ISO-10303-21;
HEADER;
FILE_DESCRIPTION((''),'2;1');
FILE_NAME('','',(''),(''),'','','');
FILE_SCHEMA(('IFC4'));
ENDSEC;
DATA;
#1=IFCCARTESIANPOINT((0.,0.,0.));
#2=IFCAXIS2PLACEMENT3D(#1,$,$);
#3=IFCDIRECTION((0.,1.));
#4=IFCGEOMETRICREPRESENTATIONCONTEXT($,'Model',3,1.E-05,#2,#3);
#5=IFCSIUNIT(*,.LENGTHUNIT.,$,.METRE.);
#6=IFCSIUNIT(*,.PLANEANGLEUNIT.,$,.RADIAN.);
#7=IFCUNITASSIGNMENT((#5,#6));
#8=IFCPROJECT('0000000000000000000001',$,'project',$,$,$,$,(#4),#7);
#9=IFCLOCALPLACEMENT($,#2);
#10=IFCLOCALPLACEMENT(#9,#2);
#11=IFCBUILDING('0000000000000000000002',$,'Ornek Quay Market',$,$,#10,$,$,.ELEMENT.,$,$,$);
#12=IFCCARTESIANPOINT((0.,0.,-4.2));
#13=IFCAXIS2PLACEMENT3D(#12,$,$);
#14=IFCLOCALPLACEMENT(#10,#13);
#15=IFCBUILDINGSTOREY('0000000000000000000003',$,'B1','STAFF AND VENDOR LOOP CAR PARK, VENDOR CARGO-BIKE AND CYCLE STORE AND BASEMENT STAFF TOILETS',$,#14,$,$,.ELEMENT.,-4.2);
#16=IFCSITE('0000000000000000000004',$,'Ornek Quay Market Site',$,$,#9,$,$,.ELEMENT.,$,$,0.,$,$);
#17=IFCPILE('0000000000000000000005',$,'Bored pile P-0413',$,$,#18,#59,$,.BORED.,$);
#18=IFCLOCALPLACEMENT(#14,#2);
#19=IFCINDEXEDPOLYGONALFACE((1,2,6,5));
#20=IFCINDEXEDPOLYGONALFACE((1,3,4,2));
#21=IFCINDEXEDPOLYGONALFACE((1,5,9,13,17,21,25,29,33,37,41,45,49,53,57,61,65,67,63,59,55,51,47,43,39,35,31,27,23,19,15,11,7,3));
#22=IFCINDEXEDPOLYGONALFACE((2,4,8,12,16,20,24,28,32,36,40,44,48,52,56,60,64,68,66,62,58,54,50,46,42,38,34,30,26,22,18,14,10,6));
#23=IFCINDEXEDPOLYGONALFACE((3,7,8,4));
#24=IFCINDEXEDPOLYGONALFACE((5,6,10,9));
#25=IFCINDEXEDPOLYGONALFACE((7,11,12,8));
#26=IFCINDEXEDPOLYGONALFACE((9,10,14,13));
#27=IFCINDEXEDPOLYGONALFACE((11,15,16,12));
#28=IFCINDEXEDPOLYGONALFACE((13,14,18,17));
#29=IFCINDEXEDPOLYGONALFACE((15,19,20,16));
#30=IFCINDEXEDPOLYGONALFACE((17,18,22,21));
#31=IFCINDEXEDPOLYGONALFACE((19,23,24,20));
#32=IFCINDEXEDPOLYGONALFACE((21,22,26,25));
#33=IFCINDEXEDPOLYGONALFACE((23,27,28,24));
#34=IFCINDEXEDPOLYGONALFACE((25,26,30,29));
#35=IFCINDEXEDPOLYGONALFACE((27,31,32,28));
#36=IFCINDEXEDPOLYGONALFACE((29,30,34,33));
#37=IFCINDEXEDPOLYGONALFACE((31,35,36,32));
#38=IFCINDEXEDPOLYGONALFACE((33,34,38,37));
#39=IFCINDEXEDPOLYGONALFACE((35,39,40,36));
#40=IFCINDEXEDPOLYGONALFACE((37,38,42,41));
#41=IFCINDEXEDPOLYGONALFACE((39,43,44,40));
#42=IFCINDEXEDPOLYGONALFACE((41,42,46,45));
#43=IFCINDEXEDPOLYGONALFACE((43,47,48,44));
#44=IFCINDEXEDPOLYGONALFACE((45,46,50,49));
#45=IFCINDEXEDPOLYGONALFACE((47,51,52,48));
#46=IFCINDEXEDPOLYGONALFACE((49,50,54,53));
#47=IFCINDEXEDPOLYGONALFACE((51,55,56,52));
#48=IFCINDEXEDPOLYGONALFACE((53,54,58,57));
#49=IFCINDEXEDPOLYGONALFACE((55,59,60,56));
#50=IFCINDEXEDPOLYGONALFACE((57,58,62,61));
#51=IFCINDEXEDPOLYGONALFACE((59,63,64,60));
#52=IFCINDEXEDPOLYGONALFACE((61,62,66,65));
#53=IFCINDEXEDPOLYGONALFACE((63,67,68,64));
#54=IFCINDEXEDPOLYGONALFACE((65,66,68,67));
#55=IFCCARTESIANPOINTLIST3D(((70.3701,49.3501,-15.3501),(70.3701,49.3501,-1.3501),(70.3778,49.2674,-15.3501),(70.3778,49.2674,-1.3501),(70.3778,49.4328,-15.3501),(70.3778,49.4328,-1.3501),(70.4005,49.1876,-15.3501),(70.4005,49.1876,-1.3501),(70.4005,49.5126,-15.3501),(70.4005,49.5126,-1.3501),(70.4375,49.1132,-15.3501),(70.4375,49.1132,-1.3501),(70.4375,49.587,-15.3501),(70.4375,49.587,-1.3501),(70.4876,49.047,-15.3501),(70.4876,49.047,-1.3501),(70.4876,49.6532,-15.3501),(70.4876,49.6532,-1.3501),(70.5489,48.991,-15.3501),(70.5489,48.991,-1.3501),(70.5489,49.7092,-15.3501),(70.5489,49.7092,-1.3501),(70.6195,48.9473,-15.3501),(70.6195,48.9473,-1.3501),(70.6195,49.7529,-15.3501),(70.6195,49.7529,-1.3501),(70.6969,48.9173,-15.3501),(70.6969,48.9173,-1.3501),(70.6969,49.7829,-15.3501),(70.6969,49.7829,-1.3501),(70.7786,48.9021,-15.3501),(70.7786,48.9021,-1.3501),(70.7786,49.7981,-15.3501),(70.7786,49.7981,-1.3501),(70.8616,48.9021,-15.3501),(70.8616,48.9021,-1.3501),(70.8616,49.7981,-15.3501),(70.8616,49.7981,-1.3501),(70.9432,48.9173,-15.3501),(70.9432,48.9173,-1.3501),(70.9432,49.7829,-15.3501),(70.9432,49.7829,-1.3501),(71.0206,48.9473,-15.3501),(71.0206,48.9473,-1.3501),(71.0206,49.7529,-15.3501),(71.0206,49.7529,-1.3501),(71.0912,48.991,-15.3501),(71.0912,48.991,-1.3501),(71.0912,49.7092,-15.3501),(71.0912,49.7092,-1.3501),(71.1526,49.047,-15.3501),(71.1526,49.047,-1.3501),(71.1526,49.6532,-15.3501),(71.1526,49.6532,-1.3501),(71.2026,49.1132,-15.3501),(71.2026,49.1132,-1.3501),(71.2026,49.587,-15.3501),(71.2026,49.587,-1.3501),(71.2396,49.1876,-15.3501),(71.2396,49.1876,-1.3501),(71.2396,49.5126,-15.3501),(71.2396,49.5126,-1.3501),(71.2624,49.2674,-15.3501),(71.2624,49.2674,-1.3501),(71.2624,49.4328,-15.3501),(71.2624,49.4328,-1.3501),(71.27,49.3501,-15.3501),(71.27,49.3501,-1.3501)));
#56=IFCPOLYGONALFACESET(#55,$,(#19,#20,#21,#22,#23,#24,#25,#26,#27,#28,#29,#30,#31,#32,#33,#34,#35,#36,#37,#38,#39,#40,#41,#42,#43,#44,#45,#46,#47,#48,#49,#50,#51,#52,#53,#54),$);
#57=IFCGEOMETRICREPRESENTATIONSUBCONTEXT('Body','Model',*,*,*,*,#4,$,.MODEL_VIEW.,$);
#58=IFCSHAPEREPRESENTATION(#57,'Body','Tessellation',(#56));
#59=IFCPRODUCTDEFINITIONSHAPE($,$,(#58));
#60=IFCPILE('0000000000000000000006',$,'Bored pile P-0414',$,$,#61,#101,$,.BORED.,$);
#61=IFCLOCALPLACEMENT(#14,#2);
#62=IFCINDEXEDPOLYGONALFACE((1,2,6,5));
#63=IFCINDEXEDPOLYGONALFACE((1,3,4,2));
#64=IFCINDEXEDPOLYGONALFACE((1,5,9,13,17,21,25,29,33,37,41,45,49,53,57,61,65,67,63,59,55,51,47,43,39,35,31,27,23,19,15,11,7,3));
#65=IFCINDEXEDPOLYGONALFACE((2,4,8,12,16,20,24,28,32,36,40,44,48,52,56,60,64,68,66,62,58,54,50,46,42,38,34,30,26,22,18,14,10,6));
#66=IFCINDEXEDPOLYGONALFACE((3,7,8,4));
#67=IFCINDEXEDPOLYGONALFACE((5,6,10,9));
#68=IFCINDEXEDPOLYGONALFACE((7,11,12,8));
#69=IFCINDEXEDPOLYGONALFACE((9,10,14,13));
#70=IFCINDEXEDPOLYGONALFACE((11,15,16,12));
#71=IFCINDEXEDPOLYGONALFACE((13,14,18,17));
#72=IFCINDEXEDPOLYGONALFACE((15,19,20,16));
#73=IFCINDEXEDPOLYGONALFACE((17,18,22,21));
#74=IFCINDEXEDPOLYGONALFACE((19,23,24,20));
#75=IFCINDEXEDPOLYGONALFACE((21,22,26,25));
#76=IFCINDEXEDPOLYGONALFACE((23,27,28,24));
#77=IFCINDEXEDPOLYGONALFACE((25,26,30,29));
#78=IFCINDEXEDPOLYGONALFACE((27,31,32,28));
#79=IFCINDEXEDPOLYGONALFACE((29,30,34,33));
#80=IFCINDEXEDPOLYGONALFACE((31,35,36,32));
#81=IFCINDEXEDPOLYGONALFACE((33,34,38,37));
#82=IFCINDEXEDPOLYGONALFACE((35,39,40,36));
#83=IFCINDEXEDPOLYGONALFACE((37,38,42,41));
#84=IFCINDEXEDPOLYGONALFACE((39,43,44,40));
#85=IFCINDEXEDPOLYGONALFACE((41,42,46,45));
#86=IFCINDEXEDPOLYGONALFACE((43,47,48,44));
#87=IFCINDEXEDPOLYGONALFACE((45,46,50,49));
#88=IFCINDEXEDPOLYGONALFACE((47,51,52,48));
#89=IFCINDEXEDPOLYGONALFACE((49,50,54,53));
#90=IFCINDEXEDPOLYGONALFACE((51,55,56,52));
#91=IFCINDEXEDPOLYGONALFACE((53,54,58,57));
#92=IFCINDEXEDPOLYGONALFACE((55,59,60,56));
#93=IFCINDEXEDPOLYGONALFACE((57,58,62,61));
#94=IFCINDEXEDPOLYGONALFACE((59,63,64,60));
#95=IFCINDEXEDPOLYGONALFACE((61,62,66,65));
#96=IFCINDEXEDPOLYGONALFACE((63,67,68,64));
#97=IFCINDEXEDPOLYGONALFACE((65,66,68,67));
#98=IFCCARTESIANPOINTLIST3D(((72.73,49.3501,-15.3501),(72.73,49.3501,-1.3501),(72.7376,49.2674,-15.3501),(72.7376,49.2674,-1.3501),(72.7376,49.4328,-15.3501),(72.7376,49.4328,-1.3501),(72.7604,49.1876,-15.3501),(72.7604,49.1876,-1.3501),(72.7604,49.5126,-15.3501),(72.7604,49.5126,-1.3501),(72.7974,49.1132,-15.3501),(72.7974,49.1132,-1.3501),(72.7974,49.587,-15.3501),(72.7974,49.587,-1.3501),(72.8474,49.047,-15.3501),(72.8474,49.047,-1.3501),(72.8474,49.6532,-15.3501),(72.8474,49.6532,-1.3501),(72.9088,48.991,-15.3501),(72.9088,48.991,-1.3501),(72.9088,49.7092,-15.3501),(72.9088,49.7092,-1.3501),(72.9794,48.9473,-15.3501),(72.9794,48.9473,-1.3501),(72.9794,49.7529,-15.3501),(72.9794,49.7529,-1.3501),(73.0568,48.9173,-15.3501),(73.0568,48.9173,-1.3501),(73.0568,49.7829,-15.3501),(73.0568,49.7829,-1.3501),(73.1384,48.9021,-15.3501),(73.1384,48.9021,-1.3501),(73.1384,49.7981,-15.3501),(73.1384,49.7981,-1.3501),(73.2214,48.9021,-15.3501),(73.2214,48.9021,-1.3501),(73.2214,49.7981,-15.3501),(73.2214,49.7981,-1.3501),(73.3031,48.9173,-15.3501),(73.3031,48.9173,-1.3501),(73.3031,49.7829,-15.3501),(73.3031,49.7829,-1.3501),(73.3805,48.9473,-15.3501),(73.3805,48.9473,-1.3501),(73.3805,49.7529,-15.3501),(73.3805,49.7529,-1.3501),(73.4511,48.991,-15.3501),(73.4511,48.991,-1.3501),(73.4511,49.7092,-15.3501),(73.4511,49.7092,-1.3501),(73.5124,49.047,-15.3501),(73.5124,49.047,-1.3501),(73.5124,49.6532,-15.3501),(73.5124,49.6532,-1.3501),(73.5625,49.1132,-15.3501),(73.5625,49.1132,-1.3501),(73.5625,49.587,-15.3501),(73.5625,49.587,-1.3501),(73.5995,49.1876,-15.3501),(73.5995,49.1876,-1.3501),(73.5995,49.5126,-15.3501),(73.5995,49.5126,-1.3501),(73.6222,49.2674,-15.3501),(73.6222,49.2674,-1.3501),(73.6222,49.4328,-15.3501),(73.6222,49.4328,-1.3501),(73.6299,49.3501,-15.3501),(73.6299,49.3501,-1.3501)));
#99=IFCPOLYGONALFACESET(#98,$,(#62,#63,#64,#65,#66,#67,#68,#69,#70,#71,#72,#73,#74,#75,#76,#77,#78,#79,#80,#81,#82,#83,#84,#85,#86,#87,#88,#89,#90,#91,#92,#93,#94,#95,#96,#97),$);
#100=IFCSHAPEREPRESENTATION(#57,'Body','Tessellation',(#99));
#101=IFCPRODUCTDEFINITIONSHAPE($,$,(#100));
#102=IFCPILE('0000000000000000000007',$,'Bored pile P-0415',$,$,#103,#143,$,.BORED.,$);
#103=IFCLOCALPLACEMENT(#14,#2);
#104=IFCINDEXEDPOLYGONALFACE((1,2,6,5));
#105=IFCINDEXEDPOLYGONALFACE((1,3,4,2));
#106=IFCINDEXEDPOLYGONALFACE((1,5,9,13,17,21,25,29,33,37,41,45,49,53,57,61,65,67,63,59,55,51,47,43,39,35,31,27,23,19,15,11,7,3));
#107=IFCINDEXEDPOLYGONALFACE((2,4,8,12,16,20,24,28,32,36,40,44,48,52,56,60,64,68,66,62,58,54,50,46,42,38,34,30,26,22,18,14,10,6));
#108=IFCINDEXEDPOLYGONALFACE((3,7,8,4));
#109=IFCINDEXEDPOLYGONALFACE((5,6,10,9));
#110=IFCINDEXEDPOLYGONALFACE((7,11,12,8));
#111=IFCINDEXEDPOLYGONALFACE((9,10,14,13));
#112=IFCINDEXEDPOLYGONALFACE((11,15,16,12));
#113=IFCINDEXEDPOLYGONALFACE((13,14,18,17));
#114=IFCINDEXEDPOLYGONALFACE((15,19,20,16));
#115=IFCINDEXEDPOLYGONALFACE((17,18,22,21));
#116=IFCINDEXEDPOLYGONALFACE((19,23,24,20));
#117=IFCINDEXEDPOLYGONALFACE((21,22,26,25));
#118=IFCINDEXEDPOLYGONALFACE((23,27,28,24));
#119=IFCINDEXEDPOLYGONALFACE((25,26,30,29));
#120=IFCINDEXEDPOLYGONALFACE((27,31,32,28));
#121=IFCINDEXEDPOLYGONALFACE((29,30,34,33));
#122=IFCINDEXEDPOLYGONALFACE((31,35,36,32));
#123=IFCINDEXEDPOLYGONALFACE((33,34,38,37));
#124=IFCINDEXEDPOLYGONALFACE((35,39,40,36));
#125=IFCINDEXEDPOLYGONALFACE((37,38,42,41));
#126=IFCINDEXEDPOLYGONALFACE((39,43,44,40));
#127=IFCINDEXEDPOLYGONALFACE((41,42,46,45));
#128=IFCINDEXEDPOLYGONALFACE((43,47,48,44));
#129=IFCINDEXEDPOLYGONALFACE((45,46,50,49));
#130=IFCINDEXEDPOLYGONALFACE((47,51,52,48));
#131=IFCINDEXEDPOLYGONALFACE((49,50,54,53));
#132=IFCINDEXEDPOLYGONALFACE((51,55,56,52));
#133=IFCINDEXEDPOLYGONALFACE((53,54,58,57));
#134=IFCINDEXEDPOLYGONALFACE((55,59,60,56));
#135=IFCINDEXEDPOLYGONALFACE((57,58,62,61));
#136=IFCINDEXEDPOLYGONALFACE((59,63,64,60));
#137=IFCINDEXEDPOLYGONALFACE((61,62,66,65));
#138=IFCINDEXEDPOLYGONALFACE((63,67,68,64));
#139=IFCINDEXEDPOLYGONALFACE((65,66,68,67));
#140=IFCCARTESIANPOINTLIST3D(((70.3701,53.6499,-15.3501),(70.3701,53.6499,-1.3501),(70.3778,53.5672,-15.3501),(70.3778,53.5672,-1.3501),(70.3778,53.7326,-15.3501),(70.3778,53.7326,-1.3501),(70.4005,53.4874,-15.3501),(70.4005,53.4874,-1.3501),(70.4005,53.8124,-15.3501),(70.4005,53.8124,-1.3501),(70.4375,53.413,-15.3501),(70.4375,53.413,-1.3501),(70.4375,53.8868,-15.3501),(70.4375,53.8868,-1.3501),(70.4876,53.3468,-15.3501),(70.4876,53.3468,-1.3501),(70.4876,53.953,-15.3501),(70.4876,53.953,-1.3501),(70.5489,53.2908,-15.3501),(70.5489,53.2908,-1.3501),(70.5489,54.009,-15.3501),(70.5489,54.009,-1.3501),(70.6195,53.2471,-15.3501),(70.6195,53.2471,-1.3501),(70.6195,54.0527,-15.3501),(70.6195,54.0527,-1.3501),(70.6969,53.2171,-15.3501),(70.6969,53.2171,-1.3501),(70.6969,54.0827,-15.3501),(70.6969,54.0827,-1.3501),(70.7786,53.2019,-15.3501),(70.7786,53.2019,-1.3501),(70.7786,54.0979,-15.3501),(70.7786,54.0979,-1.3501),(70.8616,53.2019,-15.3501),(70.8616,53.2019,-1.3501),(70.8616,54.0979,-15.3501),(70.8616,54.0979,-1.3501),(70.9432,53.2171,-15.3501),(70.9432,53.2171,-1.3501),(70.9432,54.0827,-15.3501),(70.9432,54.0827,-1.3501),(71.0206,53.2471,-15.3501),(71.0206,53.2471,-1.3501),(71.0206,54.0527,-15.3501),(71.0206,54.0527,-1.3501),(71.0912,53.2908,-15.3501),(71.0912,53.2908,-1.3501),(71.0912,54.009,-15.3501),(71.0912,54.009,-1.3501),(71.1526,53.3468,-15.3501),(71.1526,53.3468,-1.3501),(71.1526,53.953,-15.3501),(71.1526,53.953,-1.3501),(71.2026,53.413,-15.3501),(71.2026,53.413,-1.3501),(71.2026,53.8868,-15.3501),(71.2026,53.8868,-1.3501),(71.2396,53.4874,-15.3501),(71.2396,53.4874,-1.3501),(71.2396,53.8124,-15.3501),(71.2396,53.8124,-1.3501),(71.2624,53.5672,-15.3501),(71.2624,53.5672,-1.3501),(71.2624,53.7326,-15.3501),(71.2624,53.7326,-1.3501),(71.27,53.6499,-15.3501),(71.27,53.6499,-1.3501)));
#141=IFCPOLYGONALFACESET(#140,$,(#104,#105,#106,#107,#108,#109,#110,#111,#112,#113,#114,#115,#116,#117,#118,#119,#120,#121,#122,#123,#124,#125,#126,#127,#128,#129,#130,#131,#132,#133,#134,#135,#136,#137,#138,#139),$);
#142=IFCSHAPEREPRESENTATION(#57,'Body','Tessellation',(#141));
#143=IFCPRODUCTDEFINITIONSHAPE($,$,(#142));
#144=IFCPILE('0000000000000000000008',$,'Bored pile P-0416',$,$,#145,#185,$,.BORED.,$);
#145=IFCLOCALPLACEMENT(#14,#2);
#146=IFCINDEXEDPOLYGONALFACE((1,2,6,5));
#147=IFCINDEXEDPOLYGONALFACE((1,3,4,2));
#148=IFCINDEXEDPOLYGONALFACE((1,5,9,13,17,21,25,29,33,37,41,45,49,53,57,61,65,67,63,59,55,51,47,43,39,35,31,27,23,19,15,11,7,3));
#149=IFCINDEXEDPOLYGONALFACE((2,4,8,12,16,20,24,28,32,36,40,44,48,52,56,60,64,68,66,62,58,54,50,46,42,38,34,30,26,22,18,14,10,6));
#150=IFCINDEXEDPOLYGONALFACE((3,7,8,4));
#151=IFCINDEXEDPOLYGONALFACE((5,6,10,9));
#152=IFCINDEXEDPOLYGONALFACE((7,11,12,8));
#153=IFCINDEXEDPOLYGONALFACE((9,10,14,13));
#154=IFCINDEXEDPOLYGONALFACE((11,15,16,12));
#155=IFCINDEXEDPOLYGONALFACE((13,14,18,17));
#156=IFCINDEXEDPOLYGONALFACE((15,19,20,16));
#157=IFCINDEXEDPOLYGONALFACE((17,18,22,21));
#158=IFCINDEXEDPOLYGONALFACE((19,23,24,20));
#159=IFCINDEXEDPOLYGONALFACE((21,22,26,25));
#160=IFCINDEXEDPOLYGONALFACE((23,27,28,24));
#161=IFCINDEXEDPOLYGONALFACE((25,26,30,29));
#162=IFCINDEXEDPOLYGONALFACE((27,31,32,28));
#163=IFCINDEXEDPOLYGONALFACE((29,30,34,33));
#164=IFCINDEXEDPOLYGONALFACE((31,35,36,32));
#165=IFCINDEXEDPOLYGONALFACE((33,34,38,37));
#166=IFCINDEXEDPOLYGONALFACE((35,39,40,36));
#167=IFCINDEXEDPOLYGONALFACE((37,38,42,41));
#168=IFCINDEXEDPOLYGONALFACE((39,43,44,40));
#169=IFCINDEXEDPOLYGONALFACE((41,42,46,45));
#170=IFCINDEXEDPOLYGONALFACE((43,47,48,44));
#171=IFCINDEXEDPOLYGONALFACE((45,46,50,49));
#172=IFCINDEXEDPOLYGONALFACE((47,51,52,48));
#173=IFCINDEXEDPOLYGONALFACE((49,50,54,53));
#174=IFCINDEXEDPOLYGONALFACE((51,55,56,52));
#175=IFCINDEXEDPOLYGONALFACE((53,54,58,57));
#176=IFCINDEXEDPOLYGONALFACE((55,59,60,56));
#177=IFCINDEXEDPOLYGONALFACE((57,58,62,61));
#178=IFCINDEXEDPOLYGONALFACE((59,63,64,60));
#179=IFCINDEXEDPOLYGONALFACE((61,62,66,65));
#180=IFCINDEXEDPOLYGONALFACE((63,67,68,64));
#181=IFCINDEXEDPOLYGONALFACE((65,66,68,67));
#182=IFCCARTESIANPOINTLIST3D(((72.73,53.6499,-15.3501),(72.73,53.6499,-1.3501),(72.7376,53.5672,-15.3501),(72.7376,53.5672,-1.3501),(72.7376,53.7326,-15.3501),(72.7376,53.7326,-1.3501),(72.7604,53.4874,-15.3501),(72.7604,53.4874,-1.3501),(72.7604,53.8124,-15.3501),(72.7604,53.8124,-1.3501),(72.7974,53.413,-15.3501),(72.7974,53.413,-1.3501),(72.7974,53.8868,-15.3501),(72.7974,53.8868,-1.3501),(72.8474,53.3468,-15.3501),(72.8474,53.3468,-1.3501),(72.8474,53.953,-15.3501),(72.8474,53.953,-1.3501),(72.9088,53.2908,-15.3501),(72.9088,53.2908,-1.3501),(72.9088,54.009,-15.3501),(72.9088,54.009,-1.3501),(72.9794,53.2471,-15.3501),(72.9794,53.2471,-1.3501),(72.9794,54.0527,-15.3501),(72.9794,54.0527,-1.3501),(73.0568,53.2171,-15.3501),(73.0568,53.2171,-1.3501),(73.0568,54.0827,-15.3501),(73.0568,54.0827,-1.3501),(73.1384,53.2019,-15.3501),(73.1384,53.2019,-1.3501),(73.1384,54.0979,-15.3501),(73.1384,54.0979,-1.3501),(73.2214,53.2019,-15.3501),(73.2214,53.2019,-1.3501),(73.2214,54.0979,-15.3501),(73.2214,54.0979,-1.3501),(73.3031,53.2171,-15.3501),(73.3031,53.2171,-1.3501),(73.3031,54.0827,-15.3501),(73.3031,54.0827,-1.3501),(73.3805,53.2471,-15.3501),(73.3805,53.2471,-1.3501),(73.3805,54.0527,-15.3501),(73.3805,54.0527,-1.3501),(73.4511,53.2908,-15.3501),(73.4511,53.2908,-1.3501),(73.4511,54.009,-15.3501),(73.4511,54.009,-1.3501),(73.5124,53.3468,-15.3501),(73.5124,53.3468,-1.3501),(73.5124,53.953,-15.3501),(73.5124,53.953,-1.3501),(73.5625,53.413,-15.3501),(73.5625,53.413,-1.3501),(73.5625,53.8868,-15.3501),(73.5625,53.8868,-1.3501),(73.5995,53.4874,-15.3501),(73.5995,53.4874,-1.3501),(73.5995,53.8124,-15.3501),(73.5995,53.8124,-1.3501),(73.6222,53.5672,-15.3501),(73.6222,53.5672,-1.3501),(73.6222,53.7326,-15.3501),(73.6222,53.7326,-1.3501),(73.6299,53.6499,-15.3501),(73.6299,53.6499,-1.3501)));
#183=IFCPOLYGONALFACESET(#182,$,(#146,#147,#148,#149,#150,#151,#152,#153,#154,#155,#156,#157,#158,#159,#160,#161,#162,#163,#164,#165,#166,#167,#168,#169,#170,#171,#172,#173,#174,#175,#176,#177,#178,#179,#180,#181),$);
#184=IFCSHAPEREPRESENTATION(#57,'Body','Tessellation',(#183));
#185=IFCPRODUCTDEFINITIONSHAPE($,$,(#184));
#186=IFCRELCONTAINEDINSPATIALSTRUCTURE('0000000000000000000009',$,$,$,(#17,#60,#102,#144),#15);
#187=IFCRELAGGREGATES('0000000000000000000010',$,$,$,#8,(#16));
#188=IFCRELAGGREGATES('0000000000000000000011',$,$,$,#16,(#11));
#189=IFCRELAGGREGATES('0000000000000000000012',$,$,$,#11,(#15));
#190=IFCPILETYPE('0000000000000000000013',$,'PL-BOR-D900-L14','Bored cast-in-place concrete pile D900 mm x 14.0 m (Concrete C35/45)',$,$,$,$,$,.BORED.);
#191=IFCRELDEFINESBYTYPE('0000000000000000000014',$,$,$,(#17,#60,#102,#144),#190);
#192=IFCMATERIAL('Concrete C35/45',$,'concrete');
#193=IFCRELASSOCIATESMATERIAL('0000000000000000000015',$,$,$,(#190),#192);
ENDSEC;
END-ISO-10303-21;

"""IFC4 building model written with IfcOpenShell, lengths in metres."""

from ifc_helpers import new_model, si_unit, direction, frame, origin, origin_2d, place, context, subcontext, project, spatial, circle, extrude, material, material_profile, profile_set, type_object, element, save


model = new_model("IFC4")

# Units and contexts
model_context = context("Model", 3, precision=1e-05, world=origin(), true_north=direction((0.0, 1.0)))
body_context = subcontext(model_context, "Body", "Model", "MODEL_VIEW")
ifc_project = project(units=[si_unit("LENGTHUNIT", "METRE"), si_unit("PLANEANGLEUNIT", "RADIAN")], contexts=[model_context])

# Site, building, storey
site_placement = place(None, origin())
site = spatial("IfcSite", under=ifc_project, at=site_placement, Name="Ornek Quay Market Site", CompositionType="ELEMENT", RefElevation=0.0)
building_placement = place(site_placement, origin())
building = spatial("IfcBuilding", under=site, at=building_placement, Name="Ornek Quay Market", CompositionType="ELEMENT")
storey_placement = place(building_placement, frame((0.0, 0.0, -4.2)))
storey = spatial("IfcBuildingStorey", under=building, at=storey_placement, Name="B1", Description="STAFF AND VENDOR LOOP CAR PARK, VENDOR CARGO-BIKE AND CYCLE STORE AND BASEMENT STAFF TOILETS", CompositionType="ELEMENT", Elevation=-4.2)

# Piles
ifc_material_1 = material(Name="Concrete C35/45", Category="concrete")
ifc_material_profile_1 = material_profile(ifc_material_1, circle(Radius=0.45, at=origin_2d()), Name="PILE D900", Category="concrete")
ifc_profile_set_1 = profile_set([ifc_material_profile_1], Name="Concrete C35/45")
pile_type = type_object("IfcPileType", Name="PL-BOR-D900-L14", Description="Bored cast-in-place concrete pile D900 mm x 14.0 m (Concrete C35/45)", PredefinedType="BORED", material=ifc_profile_set_1)
for number, where, z_axis, x_axis, name in (
    (1, (70.8201, 49.3501, -1.3501), (0.0, 0.0, -1.0), (1.0, 0.0, 0.0), "Bored pile P-0413"),
    (2, (73.1799, 49.3501, -1.3501), (0.0, 0.0, -1.0), (1.0, 0.0, 0.0), "Bored pile P-0414"),
    (3, (70.8201, 53.6499, -1.3501), (0.0, 0.0, -1.0), (1.0, 0.0, 0.0), "Bored pile P-0415"),
    (4, (73.1799, 53.6499, -1.3501), (0.0, 0.0, -1.0), (1.0, 0.0, 0.0), "Bored pile P-0416"),
):
    element("IfcPile", number, at=place(storey_placement, frame(where, z_axis=z_axis, x_axis=x_axis)), inside=storey, type_object=pile_type, Name=name, PredefinedType="BORED", context=body_context, shape_type="SweptSolid", body=[
        extrude(circle(Radius=0.45, at=origin_2d()), origin(), (0.0, 0.0, 1.0), 14.0),
    ])

save(model, "model.ifc")
